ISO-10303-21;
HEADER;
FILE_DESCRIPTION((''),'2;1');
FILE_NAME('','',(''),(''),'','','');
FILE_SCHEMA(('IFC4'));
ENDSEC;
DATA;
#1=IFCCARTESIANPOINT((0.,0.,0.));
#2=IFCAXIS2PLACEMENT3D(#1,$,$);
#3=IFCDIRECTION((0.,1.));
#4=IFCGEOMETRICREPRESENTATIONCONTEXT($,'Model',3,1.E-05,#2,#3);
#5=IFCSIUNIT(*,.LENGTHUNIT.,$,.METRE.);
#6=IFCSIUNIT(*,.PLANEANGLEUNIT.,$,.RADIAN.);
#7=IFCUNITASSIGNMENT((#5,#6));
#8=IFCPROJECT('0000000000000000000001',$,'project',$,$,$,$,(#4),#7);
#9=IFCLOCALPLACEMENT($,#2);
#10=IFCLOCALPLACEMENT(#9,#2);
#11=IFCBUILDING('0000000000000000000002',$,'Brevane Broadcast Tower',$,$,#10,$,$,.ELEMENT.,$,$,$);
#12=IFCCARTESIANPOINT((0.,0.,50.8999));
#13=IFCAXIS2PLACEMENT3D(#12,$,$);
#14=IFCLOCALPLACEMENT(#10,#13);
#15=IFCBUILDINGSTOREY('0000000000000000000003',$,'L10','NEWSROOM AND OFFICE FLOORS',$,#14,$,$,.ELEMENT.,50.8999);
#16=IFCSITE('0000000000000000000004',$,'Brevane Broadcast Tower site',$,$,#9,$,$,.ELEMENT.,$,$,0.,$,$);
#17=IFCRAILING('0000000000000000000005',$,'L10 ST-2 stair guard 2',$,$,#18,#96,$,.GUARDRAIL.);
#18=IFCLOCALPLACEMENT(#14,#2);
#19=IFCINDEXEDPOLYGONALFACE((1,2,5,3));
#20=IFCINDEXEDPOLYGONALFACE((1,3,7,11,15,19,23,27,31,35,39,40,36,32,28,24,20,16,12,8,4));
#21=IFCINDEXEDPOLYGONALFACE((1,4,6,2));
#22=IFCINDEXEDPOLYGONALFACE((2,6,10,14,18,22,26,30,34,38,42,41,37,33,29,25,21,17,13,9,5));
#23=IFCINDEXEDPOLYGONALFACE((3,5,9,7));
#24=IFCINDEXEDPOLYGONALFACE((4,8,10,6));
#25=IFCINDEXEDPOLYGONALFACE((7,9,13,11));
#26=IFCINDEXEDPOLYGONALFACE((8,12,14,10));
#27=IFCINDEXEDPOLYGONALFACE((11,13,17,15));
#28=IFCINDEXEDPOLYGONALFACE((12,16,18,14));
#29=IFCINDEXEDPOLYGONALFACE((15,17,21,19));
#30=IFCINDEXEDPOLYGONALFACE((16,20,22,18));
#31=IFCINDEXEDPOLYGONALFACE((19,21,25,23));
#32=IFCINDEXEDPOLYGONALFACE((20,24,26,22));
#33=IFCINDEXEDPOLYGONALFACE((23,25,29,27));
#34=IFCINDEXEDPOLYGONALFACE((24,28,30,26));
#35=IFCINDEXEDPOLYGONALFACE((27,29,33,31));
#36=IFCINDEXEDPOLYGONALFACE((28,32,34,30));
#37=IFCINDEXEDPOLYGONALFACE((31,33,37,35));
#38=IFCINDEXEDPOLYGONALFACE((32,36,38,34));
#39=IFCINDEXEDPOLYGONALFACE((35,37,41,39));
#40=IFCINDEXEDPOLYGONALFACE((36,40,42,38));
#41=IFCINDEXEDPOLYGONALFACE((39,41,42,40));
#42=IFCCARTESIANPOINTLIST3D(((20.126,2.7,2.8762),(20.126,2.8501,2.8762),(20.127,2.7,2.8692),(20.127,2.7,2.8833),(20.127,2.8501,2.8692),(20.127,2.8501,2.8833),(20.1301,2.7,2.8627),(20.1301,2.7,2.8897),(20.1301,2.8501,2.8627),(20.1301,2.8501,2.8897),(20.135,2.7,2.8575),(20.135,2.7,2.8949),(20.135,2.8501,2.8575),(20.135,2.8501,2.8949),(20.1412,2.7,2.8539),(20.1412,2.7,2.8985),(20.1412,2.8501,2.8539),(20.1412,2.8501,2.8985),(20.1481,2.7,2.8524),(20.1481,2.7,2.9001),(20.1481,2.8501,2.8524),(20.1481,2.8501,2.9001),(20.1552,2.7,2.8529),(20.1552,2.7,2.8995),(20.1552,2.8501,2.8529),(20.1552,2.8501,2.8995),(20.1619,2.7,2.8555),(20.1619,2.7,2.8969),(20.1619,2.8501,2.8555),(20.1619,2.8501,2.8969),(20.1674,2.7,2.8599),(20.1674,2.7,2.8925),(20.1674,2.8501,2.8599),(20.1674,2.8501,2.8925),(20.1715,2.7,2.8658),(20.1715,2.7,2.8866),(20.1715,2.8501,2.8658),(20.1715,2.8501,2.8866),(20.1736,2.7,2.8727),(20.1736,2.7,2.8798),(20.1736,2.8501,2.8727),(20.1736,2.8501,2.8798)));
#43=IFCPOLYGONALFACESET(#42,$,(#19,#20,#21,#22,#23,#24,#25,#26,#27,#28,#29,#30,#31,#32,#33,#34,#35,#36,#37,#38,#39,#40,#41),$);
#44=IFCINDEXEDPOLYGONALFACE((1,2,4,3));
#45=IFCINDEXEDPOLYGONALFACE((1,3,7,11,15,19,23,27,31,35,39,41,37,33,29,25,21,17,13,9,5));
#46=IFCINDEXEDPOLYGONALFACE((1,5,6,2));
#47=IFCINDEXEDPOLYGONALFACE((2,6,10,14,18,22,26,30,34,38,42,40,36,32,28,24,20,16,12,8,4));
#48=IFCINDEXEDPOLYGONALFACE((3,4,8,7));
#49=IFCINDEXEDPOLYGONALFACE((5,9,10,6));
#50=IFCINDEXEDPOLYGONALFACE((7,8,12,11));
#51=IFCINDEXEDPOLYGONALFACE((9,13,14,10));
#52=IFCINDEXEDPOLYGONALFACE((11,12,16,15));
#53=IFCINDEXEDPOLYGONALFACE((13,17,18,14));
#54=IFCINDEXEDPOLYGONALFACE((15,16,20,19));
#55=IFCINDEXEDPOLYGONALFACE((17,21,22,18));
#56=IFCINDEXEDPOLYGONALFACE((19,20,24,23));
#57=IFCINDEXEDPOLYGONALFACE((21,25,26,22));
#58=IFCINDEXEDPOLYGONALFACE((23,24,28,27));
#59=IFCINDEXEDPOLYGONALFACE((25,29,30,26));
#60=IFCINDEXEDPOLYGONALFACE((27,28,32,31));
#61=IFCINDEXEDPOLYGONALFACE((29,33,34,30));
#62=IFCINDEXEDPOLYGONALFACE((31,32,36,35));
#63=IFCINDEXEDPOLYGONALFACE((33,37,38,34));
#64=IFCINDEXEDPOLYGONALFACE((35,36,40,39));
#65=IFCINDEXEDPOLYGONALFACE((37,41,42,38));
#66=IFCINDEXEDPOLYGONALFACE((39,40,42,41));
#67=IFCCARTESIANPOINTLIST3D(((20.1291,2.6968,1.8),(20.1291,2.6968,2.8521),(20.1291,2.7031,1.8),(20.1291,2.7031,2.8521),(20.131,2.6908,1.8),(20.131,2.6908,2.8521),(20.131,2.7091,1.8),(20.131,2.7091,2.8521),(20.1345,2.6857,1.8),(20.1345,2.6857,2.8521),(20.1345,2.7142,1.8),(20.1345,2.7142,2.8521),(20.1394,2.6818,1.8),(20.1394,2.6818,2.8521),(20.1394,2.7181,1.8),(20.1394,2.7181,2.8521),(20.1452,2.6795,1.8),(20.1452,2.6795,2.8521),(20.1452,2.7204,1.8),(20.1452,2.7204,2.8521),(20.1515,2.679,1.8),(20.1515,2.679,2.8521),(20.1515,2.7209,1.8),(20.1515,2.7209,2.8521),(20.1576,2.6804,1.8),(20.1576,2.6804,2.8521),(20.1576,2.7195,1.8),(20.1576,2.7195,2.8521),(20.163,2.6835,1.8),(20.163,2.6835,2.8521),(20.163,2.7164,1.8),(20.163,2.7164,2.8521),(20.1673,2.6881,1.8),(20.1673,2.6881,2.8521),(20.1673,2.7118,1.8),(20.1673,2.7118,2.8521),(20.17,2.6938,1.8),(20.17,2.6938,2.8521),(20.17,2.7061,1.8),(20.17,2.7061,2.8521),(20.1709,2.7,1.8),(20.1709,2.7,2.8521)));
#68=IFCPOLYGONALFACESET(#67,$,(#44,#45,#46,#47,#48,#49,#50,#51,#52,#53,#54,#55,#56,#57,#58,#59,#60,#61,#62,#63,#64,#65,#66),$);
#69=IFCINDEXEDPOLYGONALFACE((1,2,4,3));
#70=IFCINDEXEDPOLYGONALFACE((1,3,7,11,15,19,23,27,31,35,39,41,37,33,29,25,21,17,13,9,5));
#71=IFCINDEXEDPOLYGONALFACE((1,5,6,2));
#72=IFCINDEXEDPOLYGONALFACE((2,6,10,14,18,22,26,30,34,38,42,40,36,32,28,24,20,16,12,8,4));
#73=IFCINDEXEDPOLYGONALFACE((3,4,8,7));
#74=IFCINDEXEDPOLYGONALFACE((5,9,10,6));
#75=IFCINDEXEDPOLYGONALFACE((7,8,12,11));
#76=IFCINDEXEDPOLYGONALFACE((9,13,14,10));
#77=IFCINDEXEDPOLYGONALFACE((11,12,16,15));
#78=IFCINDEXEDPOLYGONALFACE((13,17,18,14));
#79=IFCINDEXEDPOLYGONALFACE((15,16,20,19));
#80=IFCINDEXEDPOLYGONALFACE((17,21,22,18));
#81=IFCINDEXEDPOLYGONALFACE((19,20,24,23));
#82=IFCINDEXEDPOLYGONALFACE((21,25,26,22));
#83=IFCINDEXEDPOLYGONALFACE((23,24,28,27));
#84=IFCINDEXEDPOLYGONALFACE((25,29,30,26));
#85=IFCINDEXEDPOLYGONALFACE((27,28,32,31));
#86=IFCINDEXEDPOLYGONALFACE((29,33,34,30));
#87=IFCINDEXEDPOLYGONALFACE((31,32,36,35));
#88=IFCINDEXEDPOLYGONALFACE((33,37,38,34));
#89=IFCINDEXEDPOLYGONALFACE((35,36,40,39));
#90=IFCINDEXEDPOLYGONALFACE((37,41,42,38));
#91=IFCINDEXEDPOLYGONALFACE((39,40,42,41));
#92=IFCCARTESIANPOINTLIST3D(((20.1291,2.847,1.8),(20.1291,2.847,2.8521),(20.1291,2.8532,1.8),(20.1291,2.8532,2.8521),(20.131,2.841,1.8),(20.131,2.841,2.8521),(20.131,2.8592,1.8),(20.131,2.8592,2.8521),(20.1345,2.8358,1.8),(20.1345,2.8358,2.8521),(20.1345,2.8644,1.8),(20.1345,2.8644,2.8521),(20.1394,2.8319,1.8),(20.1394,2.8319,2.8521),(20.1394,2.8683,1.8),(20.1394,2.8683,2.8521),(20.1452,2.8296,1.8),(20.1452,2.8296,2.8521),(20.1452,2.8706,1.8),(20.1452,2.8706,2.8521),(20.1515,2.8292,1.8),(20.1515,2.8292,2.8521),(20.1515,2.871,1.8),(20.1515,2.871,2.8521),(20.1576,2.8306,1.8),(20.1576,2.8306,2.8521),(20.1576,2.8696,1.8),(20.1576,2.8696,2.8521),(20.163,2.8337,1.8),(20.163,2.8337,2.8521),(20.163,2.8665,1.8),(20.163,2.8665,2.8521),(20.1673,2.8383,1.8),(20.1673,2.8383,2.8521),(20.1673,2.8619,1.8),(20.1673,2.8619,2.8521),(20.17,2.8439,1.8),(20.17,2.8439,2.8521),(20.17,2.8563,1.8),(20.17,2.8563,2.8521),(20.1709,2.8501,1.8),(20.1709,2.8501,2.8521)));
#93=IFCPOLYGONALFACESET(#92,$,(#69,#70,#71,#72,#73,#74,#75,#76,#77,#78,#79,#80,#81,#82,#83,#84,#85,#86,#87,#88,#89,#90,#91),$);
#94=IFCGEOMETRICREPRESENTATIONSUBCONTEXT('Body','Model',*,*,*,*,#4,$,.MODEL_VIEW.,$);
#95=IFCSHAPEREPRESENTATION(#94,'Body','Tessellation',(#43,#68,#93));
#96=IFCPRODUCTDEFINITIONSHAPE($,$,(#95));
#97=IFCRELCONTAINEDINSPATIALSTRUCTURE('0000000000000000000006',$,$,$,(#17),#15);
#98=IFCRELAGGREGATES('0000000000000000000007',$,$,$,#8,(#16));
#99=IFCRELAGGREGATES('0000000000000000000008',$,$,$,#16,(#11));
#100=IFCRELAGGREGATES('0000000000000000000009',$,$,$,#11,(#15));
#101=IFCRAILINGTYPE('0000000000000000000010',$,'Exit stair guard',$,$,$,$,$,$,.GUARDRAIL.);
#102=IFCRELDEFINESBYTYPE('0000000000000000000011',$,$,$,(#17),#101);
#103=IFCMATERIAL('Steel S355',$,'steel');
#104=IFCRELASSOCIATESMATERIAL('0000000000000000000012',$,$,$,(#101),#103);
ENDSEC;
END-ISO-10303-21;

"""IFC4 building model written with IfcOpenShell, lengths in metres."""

from ifc_helpers import new_model, si_unit, direction, frame, origin, origin_2d, place, context, subcontext, project, spatial, circle, extrude, material, type_object, element, save


model = new_model("IFC4")

# Units and contexts
model_context = context("Model", 3, precision=1e-05, world=origin(), true_north=direction((0.0, 1.0)))
body_context = subcontext(model_context, "Body", "Model", "MODEL_VIEW")
ifc_project = project(units=[si_unit("LENGTHUNIT", "METRE"), si_unit("PLANEANGLEUNIT", "RADIAN")], contexts=[model_context])

# Site, building, storey
site_placement = place(None, origin())
site = spatial("IfcSite", under=ifc_project, at=site_placement, Name="Brevane Broadcast Tower site", CompositionType="ELEMENT", RefElevation=0.0)
building_placement = place(site_placement, origin())
building = spatial("IfcBuilding", under=site, at=building_placement, Name="Brevane Broadcast Tower", CompositionType="ELEMENT")
storey_placement = place(building_placement, frame((0.0, 0.0, 50.8999)))
storey = spatial("IfcBuildingStorey", under=building, at=storey_placement, Name="L10", Description="NEWSROOM AND OFFICE FLOORS", CompositionType="ELEMENT", Elevation=50.8999)

# Railing
ifc_material_1 = material(Name="Steel S355", Category="steel")
railing_type_1 = type_object("IfcRailingType", Name="Exit stair guard", PredefinedType="GUARDRAIL", material=ifc_material_1)
railing_1_placement = place(storey_placement, frame((20.1499, 2.7, 1.8)))
element("IfcRailing", 1, at=railing_1_placement, inside=storey, type_object=railing_type_1, Name="L10 ST-2 stair guard 2", PredefinedType="GUARDRAIL", context=body_context, shape_type="SweptSolid", body=[
    extrude(circle(Radius=0.0239, at=origin_2d()), frame((0.0, 0.0, 1.0762), z_axis=(0.0, 1.0, 0.0), x_axis=(-1.0, 0.0, 0.0)), (0.0, 0.0, 1.0), 0.1501),
    extrude(circle(Radius=0.021, at=origin_2d()), origin(), (0.0, 0.0, 1.0), 1.052),
    extrude(circle(Radius=0.021, at=origin_2d()), frame((0.0, 0.1501, 0.0)), (0.0, 0.0, 1.0), 1.052),
])

save(model, "model.ifc")
